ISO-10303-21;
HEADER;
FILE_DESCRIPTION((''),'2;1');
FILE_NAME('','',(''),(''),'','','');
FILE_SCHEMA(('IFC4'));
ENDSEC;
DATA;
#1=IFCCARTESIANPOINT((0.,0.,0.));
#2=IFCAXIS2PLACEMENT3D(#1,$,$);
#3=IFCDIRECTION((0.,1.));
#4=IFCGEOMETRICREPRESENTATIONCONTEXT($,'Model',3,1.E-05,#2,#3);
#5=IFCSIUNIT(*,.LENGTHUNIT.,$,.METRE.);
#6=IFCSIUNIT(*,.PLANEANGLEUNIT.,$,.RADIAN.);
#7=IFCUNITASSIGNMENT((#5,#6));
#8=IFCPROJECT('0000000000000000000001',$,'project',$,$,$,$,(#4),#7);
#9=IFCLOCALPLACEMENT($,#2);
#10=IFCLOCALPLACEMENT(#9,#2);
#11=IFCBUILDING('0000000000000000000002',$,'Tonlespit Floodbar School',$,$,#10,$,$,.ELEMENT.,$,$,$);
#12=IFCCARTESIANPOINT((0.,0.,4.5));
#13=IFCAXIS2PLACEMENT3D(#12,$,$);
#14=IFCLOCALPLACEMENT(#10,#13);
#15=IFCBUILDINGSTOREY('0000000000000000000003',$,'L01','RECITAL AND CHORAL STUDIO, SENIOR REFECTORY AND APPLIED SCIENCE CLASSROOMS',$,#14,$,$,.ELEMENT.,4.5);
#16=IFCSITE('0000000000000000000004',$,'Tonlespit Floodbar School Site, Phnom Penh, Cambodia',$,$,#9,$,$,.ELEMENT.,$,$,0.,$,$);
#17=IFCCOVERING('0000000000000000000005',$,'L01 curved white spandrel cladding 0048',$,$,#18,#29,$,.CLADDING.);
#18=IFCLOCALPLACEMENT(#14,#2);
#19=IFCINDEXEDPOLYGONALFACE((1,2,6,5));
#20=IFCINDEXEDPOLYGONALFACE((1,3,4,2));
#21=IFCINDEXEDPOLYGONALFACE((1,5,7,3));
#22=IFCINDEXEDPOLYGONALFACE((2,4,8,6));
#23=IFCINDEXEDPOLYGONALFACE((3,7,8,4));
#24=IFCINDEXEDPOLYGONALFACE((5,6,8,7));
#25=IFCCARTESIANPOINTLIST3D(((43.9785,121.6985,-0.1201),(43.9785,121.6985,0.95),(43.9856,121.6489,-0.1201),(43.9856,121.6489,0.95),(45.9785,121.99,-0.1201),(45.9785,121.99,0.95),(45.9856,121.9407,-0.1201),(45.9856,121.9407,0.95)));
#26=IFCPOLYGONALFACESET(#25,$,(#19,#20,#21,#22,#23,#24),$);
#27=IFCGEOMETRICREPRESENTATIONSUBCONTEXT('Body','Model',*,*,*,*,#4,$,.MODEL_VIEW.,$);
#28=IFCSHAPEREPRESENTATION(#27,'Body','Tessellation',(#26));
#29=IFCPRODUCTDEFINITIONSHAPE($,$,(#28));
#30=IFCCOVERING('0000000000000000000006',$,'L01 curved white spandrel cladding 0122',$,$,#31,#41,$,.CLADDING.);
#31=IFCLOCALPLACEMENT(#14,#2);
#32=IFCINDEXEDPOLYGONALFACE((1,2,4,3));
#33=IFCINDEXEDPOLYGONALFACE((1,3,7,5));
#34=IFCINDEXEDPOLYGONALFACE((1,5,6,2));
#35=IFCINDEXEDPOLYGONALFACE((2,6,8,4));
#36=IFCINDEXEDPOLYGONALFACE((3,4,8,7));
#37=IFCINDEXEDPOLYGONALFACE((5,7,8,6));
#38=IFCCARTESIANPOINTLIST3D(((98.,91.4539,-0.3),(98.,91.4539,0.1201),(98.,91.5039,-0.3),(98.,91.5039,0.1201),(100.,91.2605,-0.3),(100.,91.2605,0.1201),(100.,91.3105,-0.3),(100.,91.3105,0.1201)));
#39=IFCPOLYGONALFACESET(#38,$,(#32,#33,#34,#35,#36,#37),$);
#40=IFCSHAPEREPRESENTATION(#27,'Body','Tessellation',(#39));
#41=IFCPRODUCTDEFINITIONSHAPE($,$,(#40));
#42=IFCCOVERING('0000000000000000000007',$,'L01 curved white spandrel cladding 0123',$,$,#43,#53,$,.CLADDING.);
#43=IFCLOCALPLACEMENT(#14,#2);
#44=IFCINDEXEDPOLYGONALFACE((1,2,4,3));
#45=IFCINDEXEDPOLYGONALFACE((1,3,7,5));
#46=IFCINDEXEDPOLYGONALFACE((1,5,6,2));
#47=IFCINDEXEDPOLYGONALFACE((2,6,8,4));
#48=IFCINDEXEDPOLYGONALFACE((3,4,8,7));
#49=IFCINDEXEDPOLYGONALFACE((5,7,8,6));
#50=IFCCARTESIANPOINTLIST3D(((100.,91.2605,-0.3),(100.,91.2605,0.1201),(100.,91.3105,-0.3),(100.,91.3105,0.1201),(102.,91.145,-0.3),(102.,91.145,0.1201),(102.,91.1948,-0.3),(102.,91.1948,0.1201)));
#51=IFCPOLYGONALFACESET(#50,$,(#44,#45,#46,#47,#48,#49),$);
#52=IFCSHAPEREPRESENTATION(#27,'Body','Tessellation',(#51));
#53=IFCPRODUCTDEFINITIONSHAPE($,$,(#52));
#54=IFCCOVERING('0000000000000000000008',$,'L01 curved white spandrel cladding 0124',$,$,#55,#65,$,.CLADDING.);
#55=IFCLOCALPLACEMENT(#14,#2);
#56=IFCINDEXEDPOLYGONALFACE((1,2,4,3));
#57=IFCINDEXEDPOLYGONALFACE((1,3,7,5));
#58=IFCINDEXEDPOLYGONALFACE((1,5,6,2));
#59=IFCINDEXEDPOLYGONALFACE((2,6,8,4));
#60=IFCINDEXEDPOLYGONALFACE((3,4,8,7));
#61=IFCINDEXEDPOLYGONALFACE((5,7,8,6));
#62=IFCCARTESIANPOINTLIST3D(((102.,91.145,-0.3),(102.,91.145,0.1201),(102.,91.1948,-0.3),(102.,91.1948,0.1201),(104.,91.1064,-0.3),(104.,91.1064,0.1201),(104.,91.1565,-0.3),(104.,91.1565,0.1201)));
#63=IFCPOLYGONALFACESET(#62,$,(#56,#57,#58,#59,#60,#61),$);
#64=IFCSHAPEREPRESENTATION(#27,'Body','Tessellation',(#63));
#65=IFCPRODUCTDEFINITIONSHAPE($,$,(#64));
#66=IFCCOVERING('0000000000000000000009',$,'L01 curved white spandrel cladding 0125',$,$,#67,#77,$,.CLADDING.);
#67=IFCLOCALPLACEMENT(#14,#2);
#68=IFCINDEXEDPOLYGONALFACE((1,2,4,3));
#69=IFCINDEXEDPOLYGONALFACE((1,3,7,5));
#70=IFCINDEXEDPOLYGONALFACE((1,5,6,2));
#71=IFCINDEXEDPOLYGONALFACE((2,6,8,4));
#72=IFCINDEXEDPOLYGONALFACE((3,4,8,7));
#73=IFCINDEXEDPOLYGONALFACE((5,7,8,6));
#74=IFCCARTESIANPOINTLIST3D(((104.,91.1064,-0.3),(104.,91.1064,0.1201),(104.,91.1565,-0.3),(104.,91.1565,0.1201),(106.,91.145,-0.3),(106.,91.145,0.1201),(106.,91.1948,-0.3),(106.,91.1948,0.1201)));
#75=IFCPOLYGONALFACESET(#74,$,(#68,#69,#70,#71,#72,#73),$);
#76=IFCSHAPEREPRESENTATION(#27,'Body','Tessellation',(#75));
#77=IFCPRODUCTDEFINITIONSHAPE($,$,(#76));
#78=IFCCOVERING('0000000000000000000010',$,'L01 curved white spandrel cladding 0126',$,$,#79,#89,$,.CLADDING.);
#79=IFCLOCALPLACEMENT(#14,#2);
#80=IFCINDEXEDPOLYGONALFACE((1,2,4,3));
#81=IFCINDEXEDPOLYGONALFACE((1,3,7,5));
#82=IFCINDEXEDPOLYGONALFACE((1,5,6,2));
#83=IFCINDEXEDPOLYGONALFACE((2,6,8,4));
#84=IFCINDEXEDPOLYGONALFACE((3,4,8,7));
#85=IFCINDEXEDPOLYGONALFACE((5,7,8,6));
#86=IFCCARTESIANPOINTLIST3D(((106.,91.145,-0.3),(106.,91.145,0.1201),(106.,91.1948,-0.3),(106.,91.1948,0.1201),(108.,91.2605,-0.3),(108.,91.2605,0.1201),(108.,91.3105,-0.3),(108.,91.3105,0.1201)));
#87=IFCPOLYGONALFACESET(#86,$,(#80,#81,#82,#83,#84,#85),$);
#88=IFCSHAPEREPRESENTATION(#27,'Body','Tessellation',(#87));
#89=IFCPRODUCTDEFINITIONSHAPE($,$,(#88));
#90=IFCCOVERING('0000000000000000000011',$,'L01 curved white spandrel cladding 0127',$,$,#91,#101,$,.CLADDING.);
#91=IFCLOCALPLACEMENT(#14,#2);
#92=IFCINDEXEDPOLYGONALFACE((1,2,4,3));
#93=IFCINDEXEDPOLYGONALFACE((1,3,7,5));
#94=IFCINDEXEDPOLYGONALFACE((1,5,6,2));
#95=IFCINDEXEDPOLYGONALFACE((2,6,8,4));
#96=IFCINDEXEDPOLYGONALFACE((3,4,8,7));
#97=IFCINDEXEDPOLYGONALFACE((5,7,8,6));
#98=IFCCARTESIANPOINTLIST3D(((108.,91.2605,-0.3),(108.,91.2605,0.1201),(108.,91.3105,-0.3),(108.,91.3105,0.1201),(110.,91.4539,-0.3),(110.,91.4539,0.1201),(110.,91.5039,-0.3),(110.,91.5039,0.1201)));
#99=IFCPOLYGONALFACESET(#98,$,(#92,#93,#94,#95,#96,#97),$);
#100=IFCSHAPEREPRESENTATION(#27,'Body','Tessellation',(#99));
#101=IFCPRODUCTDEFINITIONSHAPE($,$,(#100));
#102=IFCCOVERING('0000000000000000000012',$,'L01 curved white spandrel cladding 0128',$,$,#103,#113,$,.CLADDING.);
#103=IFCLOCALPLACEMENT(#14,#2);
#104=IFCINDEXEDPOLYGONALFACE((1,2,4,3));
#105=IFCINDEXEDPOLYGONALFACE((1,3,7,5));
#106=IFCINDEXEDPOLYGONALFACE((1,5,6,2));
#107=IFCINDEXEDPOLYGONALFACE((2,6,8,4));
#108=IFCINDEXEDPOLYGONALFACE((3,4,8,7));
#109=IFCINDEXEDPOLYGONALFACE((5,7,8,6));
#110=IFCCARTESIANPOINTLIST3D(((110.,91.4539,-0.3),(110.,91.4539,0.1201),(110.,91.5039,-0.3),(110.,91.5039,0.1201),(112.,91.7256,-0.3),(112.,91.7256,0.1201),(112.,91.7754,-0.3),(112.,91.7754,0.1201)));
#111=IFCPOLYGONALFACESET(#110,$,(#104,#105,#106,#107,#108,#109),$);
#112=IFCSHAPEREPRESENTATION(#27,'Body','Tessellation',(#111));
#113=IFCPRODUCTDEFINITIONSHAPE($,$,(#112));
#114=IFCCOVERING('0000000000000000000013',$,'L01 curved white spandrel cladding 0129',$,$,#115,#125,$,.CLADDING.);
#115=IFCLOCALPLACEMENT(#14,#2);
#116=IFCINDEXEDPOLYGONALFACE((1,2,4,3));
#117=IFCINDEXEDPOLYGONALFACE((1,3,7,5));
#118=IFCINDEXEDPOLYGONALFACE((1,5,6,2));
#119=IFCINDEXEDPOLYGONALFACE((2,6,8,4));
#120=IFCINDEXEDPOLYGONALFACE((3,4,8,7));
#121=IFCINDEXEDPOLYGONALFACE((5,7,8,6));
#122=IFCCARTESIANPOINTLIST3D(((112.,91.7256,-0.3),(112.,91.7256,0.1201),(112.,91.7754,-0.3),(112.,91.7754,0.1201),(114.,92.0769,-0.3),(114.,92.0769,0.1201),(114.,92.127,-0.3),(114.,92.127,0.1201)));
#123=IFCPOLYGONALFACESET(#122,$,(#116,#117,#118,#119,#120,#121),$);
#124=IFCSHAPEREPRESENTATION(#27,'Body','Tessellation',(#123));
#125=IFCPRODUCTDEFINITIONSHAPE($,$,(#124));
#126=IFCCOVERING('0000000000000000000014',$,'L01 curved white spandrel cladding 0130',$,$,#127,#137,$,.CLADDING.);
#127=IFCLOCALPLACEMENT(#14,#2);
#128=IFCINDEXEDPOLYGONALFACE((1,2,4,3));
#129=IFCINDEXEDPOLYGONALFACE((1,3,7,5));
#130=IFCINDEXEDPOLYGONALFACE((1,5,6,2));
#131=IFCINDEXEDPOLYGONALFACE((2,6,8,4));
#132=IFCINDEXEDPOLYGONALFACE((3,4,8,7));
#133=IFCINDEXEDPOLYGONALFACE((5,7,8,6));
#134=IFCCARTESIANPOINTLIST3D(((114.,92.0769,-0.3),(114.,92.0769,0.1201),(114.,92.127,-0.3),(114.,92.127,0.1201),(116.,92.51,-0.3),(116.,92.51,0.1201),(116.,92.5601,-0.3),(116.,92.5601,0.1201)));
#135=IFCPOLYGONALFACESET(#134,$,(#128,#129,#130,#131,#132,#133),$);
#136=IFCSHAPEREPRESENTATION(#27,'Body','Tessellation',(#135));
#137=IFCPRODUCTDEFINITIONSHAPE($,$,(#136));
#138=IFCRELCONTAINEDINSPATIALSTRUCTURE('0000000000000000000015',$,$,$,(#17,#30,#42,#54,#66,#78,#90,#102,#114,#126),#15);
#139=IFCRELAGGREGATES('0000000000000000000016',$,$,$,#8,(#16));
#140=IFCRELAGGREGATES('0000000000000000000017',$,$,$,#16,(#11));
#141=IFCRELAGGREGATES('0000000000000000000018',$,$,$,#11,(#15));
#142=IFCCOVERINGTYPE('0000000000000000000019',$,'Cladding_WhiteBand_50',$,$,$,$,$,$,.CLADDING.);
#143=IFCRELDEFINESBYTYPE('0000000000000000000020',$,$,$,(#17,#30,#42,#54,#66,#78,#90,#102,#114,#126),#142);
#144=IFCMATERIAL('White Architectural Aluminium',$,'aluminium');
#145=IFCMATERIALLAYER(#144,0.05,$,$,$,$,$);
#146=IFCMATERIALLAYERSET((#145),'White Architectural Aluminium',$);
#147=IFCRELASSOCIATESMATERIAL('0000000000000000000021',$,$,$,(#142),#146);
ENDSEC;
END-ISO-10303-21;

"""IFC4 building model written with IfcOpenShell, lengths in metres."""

from ifc_helpers import new_model, si_unit, direction, frame, origin, place, context, subcontext, project, spatial, polyline, outline, extrude, material, layer, layer_set, type_object, element, save


model = new_model("IFC4")

# Units and contexts
model_context = context("Model", 3, precision=1e-05, world=origin(), true_north=direction((0.0, 1.0)))
body_context = subcontext(model_context, "Body", "Model", "MODEL_VIEW")
ifc_project = project(units=[si_unit("LENGTHUNIT", "METRE"), si_unit("PLANEANGLEUNIT", "RADIAN")], contexts=[model_context])

# Site, building, storey
site_placement = place(None, origin())
site = spatial("IfcSite", under=ifc_project, at=site_placement, Name="Tonlespit Floodbar School Site, Phnom Penh, Cambodia", CompositionType="ELEMENT", RefElevation=0.0)
building_placement = place(site_placement, origin())
building = spatial("IfcBuilding", under=site, at=building_placement, Name="Tonlespit Floodbar School", CompositionType="ELEMENT")
storey_placement = place(building_placement, frame((0.0, 0.0, 4.5)))
storey = spatial("IfcBuildingStorey", under=building, at=storey_placement, Name="L01", Description="RECITAL AND CHORAL STUDIO, SENIOR REFECTORY AND APPLIED SCIENCE CLASSROOMS", CompositionType="ELEMENT", Elevation=4.5)

# Coverings
ifc_material_1 = material(Name="White Architectural Aluminium", Category="aluminium")
ifc_layer_1 = layer(ifc_material_1, 0.05)
ifc_layer_set_1 = layer_set([ifc_layer_1], Name="White Architectural Aluminium")
covering_type = type_object("IfcCoveringType", Name="Cladding_WhiteBand_50", PredefinedType="CLADDING", material=ifc_layer_set_1)
covering_1_placement = place(storey_placement, frame((0.0, 0.0, -0.1201)))
element("IfcCovering", 1, at=covering_1_placement, inside=storey, type_object=covering_type, Name="L01 curved white spandrel cladding 0048", PredefinedType="CLADDING", context=body_context, shape_type="SweptSolid", body=[
    extrude(outline(polyline([(43.9856, 121.6489), (45.9856, 121.9407), (45.9785, 121.99), (43.9785, 121.6985), (43.9856, 121.6489)])), origin(), (0.0, 0.0, 1.0), 1.0701),
])
covering_2_placement = place(storey_placement, frame((0.0, 0.0, -0.3)))
element("IfcCovering", 2, at=covering_2_placement, inside=storey, type_object=covering_type, Name="L01 curved white spandrel cladding 0122", PredefinedType="CLADDING", context=body_context, shape_type="SweptSolid", body=[
    extrude(outline(polyline([(98.0, 91.5039), (100.0, 91.3105), (100.0, 91.2605), (98.0, 91.4539), (98.0, 91.5039)])), origin(), (0.0, 0.0, 1.0), 0.4202),
])
covering_3_placement = place(storey_placement, frame((0.0, 0.0, -0.3)))
element("IfcCovering", 3, at=covering_3_placement, inside=storey, type_object=covering_type, Name="L01 curved white spandrel cladding 0123", PredefinedType="CLADDING", context=body_context, shape_type="SweptSolid", body=[
    extrude(outline(polyline([(100.0, 91.3105), (102.0, 91.1948), (102.0, 91.145), (100.0, 91.2605), (100.0, 91.3105)])), origin(), (0.0, 0.0, 1.0), 0.4202),
])
covering_4_placement = place(storey_placement, frame((0.0, 0.0, -0.3)))
element("IfcCovering", 4, at=covering_4_placement, inside=storey, type_object=covering_type, Name="L01 curved white spandrel cladding 0124", PredefinedType="CLADDING", context=body_context, shape_type="SweptSolid", body=[
    extrude(outline(polyline([(102.0, 91.1948), (104.0, 91.1565), (104.0, 91.1064), (102.0, 91.145), (102.0, 91.1948)])), origin(), (0.0, 0.0, 1.0), 0.4202),
])
covering_5_placement = place(storey_placement, frame((0.0, 0.0, -0.3)))
element("IfcCovering", 5, at=covering_5_placement, inside=storey, type_object=covering_type, Name="L01 curved white spandrel cladding 0125", PredefinedType="CLADDING", context=body_context, shape_type="SweptSolid", body=[
    extrude(outline(polyline([(104.0, 91.1565), (106.0, 91.1948), (106.0, 91.145), (104.0, 91.1064), (104.0, 91.1565)])), origin(), (0.0, 0.0, 1.0), 0.4202),
])
covering_6_placement = place(storey_placement, frame((0.0, 0.0, -0.3)))
element("IfcCovering", 6, at=covering_6_placement, inside=storey, type_object=covering_type, Name="L01 curved white spandrel cladding 0126", PredefinedType="CLADDING", context=body_context, shape_type="SweptSolid", body=[
    extrude(outline(polyline([(106.0, 91.1948), (108.0, 91.3105), (108.0, 91.2605), (106.0, 91.145), (106.0, 91.1948)])), origin(), (0.0, 0.0, 1.0), 0.4202),
])
covering_7_placement = place(storey_placement, frame((0.0, 0.0, -0.3)))
element("IfcCovering", 7, at=covering_7_placement, inside=storey, type_object=covering_type, Name="L01 curved white spandrel cladding 0127", PredefinedType="CLADDING", context=body_context, shape_type="SweptSolid", body=[
    extrude(outline(polyline([(108.0, 91.3105), (110.0, 91.5039), (110.0, 91.4539), (108.0, 91.2605), (108.0, 91.3105)])), origin(), (0.0, 0.0, 1.0), 0.4202),
])
covering_8_placement = place(storey_placement, frame((0.0, 0.0, -0.3)))
element("IfcCovering", 8, at=covering_8_placement, inside=storey, type_object=covering_type, Name="L01 curved white spandrel cladding 0128", PredefinedType="CLADDING", context=body_context, shape_type="SweptSolid", body=[
    extrude(outline(polyline([(110.0, 91.5039), (112.0, 91.7754), (112.0, 91.7256), (110.0, 91.4539), (110.0, 91.5039)])), origin(), (0.0, 0.0, 1.0), 0.4202),
])
covering_9_placement = place(storey_placement, frame((0.0, 0.0, -0.3)))
element("IfcCovering", 9, at=covering_9_placement, inside=storey, type_object=covering_type, Name="L01 curved white spandrel cladding 0129", PredefinedType="CLADDING", context=body_context, shape_type="SweptSolid", body=[
    extrude(outline(polyline([(112.0, 91.7754), (114.0, 92.127), (114.0, 92.0769), (112.0, 91.7256), (112.0, 91.7754)])), origin(), (0.0, 0.0, 1.0), 0.4202),
])
covering_10_placement = place(storey_placement, frame((0.0, 0.0, -0.3)))
element("IfcCovering", 10, at=covering_10_placement, inside=storey, type_object=covering_type, Name="L01 curved white spandrel cladding 0130", PredefinedType="CLADDING", context=body_context, shape_type="SweptSolid", body=[
    extrude(outline(polyline([(114.0, 92.127), (116.0, 92.5601), (116.0, 92.51), (114.0, 92.0769), (114.0, 92.127)])), origin(), (0.0, 0.0, 1.0), 0.4202),
])

save(model, "model.ifc")
